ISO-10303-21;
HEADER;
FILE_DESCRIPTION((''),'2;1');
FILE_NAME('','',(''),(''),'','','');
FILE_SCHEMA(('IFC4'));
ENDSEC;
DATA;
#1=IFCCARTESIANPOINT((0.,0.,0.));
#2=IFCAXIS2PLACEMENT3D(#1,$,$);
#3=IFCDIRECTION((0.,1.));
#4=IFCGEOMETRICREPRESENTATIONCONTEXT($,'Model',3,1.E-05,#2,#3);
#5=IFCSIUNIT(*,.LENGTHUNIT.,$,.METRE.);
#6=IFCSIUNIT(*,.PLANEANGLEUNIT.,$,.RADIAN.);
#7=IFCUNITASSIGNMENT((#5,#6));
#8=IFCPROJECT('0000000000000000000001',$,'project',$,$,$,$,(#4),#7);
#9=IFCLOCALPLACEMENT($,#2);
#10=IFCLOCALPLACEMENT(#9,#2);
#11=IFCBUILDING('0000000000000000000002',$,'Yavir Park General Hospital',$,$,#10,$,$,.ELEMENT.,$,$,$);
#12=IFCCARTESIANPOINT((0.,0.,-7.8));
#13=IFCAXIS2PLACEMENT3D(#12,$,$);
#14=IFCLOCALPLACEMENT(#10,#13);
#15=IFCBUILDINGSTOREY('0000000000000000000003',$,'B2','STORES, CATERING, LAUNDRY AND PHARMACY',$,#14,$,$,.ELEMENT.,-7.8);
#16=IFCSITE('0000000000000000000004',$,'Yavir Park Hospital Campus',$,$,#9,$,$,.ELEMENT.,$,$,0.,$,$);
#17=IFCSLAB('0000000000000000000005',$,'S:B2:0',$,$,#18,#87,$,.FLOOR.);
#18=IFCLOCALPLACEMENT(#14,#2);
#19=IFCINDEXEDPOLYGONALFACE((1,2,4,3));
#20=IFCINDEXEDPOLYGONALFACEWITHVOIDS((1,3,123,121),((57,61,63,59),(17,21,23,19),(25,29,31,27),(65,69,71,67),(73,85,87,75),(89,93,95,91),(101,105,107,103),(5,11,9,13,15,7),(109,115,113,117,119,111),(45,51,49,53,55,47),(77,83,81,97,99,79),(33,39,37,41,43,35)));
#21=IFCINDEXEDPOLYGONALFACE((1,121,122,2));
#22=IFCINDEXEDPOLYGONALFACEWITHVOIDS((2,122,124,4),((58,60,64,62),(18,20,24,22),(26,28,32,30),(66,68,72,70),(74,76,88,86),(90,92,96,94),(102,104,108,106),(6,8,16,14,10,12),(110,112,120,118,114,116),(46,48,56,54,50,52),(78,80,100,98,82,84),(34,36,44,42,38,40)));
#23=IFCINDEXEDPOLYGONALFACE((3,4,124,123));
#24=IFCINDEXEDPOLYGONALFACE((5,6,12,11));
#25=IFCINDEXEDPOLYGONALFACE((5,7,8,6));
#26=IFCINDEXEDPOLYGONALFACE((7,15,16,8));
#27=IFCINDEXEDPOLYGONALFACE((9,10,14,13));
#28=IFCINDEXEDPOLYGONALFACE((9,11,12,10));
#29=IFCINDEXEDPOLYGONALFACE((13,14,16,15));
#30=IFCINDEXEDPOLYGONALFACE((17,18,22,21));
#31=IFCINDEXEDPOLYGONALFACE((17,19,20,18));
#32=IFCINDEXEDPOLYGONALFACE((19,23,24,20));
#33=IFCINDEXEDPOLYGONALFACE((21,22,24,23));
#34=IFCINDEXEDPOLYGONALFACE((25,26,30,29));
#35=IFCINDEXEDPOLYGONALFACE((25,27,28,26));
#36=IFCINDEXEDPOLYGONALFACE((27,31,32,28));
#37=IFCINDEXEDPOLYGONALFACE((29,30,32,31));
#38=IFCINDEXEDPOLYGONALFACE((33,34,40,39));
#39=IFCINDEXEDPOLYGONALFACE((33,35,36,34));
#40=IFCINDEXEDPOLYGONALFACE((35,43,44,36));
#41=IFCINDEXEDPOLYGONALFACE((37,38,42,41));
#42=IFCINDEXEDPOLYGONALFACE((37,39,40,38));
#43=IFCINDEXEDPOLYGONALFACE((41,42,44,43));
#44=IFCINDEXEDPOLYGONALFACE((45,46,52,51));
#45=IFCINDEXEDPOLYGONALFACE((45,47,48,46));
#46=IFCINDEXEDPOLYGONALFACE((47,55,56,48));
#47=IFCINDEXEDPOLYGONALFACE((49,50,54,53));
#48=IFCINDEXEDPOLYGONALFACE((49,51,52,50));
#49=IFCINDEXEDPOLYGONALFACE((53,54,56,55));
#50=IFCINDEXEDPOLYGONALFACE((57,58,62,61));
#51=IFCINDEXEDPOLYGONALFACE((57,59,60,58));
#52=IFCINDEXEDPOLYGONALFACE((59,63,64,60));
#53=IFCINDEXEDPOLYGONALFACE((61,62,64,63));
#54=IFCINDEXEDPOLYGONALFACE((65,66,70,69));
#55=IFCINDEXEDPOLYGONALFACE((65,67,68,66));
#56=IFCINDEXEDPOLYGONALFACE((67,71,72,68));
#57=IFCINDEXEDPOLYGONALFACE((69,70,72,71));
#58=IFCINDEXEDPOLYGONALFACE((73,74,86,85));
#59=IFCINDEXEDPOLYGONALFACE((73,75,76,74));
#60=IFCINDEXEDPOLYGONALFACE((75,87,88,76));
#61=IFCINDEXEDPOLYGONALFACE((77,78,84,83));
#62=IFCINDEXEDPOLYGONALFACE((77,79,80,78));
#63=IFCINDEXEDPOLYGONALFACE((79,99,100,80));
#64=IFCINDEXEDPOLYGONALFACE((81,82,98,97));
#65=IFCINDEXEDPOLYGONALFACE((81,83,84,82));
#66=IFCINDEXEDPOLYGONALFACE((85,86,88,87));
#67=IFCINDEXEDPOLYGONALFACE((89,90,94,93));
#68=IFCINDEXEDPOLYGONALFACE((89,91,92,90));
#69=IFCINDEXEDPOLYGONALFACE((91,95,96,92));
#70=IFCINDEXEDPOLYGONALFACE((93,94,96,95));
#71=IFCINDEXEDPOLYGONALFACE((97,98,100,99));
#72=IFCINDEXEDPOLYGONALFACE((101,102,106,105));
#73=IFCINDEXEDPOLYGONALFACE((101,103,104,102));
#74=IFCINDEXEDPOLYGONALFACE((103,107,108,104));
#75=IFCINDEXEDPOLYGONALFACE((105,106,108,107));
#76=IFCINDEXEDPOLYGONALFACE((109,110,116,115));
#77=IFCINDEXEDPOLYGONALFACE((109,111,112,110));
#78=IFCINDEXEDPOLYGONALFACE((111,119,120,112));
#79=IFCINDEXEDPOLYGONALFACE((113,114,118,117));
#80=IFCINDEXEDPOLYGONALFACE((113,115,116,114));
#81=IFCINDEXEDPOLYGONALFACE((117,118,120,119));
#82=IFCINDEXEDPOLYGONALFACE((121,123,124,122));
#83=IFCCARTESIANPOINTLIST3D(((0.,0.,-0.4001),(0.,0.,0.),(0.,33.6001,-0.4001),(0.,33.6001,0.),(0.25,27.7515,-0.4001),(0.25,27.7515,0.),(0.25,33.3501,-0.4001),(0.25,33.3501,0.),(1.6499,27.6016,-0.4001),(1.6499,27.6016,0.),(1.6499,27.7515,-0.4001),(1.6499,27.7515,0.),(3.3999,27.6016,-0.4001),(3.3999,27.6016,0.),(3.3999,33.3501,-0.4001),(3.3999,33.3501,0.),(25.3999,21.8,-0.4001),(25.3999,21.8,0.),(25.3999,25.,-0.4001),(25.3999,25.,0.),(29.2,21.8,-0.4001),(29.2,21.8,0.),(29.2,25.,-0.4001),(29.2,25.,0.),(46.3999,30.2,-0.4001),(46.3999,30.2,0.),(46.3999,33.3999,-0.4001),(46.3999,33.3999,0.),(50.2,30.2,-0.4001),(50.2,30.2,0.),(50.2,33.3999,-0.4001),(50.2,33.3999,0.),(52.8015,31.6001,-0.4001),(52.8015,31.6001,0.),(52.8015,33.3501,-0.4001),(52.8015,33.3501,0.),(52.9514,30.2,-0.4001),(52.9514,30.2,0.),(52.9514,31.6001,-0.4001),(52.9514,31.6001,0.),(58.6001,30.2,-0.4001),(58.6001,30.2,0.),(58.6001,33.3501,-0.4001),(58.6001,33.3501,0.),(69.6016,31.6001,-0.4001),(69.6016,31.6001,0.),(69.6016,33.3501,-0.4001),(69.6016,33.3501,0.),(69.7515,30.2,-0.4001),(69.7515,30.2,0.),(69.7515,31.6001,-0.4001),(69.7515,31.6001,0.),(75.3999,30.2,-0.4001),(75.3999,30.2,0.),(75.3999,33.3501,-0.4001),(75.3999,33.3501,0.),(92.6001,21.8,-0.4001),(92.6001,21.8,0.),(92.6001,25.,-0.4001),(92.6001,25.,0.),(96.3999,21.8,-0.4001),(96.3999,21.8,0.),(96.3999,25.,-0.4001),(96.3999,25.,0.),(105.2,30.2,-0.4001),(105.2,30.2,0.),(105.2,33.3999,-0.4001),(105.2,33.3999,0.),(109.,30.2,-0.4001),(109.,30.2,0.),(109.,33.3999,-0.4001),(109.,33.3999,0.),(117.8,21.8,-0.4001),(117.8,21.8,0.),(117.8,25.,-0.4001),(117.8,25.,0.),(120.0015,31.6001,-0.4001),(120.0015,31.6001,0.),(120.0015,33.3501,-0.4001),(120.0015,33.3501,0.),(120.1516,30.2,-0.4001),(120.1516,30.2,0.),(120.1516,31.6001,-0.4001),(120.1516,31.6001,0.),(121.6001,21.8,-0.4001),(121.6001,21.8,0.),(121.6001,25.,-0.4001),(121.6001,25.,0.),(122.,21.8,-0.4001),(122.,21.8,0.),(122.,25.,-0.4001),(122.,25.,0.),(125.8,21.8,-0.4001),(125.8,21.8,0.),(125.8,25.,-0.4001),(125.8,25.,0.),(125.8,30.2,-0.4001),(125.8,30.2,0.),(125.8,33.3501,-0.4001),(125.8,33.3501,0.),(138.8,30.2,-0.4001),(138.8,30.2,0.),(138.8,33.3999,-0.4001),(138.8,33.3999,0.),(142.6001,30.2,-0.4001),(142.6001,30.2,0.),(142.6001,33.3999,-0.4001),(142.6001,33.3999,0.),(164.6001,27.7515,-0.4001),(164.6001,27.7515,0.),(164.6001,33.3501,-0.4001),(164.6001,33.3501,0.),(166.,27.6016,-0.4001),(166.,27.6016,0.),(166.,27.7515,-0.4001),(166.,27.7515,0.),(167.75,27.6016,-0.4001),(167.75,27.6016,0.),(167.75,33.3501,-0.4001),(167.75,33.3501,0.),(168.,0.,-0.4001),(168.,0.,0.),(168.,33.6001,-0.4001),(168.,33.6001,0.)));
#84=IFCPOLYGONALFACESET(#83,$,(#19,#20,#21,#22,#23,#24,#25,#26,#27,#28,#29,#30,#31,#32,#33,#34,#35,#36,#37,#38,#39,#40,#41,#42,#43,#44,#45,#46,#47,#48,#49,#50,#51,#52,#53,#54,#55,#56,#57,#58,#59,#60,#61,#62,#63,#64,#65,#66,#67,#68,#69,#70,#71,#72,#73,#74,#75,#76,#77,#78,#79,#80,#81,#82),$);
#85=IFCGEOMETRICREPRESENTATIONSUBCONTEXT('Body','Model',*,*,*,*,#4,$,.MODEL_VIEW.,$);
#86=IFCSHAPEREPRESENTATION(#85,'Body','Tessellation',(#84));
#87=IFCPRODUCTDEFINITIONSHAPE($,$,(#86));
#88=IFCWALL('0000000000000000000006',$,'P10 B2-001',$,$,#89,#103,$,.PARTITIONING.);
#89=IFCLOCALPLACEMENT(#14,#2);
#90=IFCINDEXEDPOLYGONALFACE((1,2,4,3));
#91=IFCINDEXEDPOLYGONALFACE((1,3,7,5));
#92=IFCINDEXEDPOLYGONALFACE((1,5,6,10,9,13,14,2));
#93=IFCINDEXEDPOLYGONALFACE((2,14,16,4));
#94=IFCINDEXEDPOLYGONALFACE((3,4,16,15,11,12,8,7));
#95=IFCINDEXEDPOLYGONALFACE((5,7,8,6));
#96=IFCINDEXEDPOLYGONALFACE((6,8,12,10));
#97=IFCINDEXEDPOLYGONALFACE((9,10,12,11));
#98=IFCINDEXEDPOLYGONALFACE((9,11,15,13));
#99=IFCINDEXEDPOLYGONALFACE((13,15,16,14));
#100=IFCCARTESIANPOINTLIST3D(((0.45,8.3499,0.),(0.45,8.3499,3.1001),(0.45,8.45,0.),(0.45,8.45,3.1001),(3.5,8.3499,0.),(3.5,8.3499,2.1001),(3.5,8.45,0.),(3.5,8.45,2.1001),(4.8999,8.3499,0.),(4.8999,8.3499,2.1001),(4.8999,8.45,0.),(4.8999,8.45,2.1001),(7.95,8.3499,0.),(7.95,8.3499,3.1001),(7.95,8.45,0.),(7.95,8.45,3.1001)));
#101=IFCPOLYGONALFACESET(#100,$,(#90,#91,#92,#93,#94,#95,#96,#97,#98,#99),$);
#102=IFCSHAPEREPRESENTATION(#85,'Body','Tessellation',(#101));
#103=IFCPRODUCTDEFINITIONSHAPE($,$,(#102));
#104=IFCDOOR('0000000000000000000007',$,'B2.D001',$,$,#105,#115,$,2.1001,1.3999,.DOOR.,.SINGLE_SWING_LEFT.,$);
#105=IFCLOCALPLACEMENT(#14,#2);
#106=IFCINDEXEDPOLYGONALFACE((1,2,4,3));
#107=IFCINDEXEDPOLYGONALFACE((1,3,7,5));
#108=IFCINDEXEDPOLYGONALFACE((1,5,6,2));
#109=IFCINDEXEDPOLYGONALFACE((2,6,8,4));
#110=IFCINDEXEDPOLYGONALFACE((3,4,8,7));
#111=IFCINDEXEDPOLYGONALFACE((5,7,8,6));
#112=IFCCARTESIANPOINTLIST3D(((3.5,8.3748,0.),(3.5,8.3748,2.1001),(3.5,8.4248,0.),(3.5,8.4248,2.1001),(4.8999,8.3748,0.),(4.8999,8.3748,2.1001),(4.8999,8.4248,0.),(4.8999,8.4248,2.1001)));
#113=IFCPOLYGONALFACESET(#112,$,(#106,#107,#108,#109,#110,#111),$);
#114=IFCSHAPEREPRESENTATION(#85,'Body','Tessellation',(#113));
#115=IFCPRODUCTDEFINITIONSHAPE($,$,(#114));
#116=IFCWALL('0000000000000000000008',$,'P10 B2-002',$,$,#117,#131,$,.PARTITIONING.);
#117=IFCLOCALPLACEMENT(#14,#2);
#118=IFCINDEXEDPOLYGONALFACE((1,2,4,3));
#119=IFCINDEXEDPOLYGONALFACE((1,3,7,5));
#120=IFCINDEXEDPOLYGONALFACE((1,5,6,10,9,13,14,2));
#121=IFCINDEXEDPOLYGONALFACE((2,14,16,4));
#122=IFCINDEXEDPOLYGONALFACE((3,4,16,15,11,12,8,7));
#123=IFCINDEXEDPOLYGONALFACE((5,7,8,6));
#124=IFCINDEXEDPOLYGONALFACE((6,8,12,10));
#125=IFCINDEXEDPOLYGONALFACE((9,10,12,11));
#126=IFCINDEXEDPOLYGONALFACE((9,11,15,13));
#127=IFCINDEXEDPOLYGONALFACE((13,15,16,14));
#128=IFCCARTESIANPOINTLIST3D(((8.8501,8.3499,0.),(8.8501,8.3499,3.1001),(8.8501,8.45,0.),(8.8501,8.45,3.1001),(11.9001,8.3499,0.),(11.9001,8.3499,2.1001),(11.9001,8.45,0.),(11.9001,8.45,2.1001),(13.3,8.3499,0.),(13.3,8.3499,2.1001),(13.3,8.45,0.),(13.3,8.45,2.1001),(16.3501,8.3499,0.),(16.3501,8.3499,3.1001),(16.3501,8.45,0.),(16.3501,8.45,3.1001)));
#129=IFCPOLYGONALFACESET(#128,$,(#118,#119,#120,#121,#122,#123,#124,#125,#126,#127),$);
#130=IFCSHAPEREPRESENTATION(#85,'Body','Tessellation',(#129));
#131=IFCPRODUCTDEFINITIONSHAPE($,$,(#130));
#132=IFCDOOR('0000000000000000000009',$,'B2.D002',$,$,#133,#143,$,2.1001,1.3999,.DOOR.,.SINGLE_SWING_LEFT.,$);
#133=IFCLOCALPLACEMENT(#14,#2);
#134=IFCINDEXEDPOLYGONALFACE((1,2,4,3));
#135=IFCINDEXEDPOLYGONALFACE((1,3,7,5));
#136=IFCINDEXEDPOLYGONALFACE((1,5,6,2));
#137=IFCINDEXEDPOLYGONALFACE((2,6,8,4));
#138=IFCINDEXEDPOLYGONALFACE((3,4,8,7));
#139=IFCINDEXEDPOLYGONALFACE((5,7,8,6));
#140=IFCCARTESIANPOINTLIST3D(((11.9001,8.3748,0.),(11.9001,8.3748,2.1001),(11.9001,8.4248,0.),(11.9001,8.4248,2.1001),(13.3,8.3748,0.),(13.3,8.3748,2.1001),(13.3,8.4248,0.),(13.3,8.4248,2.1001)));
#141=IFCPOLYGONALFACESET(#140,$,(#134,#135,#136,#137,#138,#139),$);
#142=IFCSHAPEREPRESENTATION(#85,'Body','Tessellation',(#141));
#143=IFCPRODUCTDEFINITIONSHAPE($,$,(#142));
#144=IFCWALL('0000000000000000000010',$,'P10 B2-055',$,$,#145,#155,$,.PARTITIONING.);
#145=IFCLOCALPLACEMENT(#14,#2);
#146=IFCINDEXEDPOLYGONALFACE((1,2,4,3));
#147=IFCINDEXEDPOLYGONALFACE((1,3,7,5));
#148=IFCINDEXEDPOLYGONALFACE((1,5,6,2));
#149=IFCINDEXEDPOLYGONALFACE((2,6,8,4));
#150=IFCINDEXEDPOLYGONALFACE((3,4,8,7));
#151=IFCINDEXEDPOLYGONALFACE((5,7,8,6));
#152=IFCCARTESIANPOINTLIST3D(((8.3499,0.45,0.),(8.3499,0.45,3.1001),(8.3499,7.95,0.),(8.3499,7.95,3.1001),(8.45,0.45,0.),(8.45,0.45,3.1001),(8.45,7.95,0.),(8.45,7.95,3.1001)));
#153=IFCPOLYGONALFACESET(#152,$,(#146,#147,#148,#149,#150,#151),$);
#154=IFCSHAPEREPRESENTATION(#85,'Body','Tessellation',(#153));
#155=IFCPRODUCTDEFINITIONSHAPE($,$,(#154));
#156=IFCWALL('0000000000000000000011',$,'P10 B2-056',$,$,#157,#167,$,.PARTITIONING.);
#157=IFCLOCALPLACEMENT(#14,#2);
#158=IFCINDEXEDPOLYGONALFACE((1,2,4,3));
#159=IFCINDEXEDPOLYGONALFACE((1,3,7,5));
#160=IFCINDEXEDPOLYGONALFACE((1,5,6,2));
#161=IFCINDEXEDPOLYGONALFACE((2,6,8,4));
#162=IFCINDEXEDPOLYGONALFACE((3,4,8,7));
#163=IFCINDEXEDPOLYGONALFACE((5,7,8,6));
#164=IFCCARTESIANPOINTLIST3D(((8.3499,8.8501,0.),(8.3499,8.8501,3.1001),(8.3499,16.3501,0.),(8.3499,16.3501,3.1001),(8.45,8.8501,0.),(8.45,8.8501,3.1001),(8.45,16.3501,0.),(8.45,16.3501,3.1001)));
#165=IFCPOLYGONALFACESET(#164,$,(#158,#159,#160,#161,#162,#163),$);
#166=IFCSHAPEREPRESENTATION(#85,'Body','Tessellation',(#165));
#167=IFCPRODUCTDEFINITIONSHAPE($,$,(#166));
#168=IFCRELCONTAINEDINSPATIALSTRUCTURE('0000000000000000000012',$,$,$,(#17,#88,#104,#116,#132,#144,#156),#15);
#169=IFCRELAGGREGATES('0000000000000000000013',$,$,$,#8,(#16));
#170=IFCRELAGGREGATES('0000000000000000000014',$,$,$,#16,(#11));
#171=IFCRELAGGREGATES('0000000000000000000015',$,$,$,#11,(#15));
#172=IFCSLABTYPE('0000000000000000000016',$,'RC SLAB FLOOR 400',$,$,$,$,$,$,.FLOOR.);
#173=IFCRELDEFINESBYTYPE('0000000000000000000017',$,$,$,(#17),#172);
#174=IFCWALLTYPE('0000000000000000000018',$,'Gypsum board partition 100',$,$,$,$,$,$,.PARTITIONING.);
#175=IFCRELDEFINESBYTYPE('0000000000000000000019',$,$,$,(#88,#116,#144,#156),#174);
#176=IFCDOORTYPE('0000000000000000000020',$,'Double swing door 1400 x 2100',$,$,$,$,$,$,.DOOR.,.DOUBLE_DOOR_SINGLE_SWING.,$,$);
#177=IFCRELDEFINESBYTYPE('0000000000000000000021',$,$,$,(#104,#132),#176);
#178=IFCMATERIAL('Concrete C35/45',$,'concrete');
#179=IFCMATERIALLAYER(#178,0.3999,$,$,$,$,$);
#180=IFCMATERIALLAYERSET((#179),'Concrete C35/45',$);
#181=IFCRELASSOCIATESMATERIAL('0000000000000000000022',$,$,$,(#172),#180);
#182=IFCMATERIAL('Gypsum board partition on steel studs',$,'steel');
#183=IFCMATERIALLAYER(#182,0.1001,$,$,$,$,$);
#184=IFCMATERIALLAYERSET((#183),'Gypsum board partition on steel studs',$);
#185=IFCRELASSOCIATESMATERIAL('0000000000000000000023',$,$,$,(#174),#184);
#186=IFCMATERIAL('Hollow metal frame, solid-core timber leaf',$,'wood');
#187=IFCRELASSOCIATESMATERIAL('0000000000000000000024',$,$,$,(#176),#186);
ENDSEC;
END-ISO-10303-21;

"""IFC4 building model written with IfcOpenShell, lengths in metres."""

from ifc_helpers import new_model, si_unit, direction, frame, frame_2d, origin, place, context, subcontext, project, spatial, polyline, rectangle, outline, extrude, material, layer, layer_set, type_object, element, fill, save


model = new_model("IFC4")

# Units and contexts
model_context = context("Model", 3, precision=1e-05, world=origin(), true_north=direction((0.0, 1.0)))
body_context = subcontext(model_context, "Body", "Model", "MODEL_VIEW")
ifc_project = project(units=[si_unit("LENGTHUNIT", "METRE"), si_unit("PLANEANGLEUNIT", "RADIAN")], contexts=[model_context])

# Site, building, storey
site_placement = place(None, origin())
site = spatial("IfcSite", under=ifc_project, at=site_placement, Name="Yavir Park Hospital Campus", CompositionType="ELEMENT", RefElevation=0.0)
building_placement = place(site_placement, origin())
building = spatial("IfcBuilding", under=site, at=building_placement, Name="Yavir Park General Hospital", CompositionType="ELEMENT")
storey_placement = place(building_placement, frame((0.0, 0.0, -7.8)))
storey = spatial("IfcBuildingStorey", under=building, at=storey_placement, Name="B2", Description="STORES, CATERING, LAUNDRY AND PHARMACY", CompositionType="ELEMENT", Elevation=-7.8)

# Slab
ifc_material_1 = material(Name="Concrete C35/45", Category="concrete")
ifc_layer_1 = layer(ifc_material_1, 0.3999)
ifc_layer_set_1 = layer_set([ifc_layer_1], Name="Concrete C35/45")
slab_type_1 = type_object("IfcSlabType", Name="RC SLAB FLOOR 400", PredefinedType="FLOOR", material=ifc_layer_set_1)
slab_1_placement = place(storey_placement, frame((0.0, 0.0, -0.4001)))
element("IfcSlab", 1, at=slab_1_placement, inside=storey, type_object=slab_type_1, Name="S:B2:0", PredefinedType="FLOOR", context=body_context, shape_type="SweptSolid", body=[
    extrude(outline(polyline([(168.0, 33.6001), (0.0, 33.6001), (0.0, 0.0), (168.0, 0.0), (168.0, 33.6001)]), holes=[polyline([(29.2, 21.8), (25.3999, 21.8), (25.3999, 25.0), (29.2, 25.0), (29.2, 21.8)]), polyline([(92.6001, 21.8), (92.6001, 25.0), (96.3999, 25.0), (96.3999, 21.8), (92.6001, 21.8)]), polyline([(50.2, 30.2), (46.3999, 30.2), (46.3999, 33.3999), (50.2, 33.3999), (50.2, 30.2)]), polyline([(121.6001, 21.8), (117.8, 21.8), (117.8, 25.0), (121.6001, 25.0), (121.6001, 21.8)]), polyline([(122.0, 21.8), (122.0, 25.0), (125.8, 25.0), (125.8, 21.8), (122.0, 21.8)]), polyline([(109.0, 30.2), (105.2, 30.2), (105.2, 33.3999), (109.0, 33.3999), (109.0, 30.2)]), polyline([(138.8, 30.2), (138.8, 33.3999), (142.6001, 33.3999), (142.6001, 30.2), (138.8, 30.2)]), polyline([(3.3999, 27.6016), (1.6499, 27.6016), (1.6499, 27.7515), (0.25, 27.7515), (0.25, 33.3501), (3.3999, 33.3501), (3.3999, 27.6016)]), polyline([(58.6001, 30.2), (52.9514, 30.2), (52.9514, 31.6001), (52.8015, 31.6001), (52.8015, 33.3501), (58.6001, 33.3501), (58.6001, 30.2)]), polyline([(69.7515, 31.6001), (69.6016, 31.6001), (69.6016, 33.3501), (75.3999, 33.3501), (75.3999, 30.2), (69.7515, 30.2), (69.7515, 31.6001)]), polyline([(120.0015, 33.3501), (125.8, 33.3501), (125.8, 30.2), (120.1516, 30.2), (120.1516, 31.6001), (120.0015, 31.6001), (120.0015, 33.3501)]), polyline([(166.0, 27.7515), (164.6001, 27.7515), (164.6001, 33.3501), (167.75, 33.3501), (167.75, 27.6016), (166.0, 27.6016), (166.0, 27.7515)])]), origin(), (0.0, 0.0, 1.0), 0.4001),
])

# Walls, openings, doors
ifc_material_2 = material(Name="Gypsum board partition on steel studs", Category="steel")
ifc_layer_2 = layer(ifc_material_2, 0.1001)
ifc_layer_set_2 = layer_set([ifc_layer_2], Name="Gypsum board partition on steel studs")
wall_type_1 = type_object("IfcWallType", Name="Gypsum board partition 100", PredefinedType="PARTITIONING", material=ifc_layer_set_2)
wall_1_placement = place(storey_placement, frame((0.45, 8.3999, 0.0), z_axis=(0.0, 0.0, 1.0), x_axis=(1.0, 0.0, 0.0)))
wall_1 = element("IfcWall", 2, at=wall_1_placement, inside=storey, type_object=wall_type_1, Name="P10 B2-001", PredefinedType="PARTITIONING", context=body_context, shape_type="SweptSolid", body=[
    extrude(rectangle(XDim=7.5, YDim=0.1001, at=frame_2d((3.75, 0.0))), origin(), (0.0, 0.0, 1.0), 3.1001),
])
opening_1_placement = place(wall_1_placement, frame((3.05, 0.0, 0.0)))
opening_1 = element("IfcOpeningElement", 3, at=opening_1_placement, cuts=wall_1, PredefinedType="OPENING", context=body_context, shape_type="SweptSolid", body=[
    extrude(rectangle(XDim=1.3999, YDim=2.1001, at=frame_2d((0.7, 1.05))), frame((0.0, 0.0601, 0.0), z_axis=(0.0, -1.0, 0.0), x_axis=(1.0, 0.0, 0.0)), (0.0, 0.0, 1.0), 0.1201),
])
ifc_material_3 = material(Name="Hollow metal frame, solid-core timber leaf", Category="wood")
door_type = type_object("IfcDoorType", Name="Double swing door 1400 x 2100", OperationType="DOUBLE_DOOR_SINGLE_SWING", PredefinedType="DOOR", material=ifc_material_3)
door_1_placement = place(opening_1_placement, origin())
door_1 = element("IfcDoor", 4, at=door_1_placement, inside=storey, type_object=door_type, Name="B2.D001", OperationType="SINGLE_SWING_LEFT", OverallHeight=2.1001, OverallWidth=1.3999, PredefinedType="DOOR", context=body_context, shape_type="SweptSolid", body=[
    extrude(rectangle(XDim=1.3999, YDim=2.1001, at=frame_2d((0.7, 1.05))), frame((0.0, 0.0249, 0.0), z_axis=(0.0, -1.0, 0.0), x_axis=(1.0, 0.0, 0.0)), (0.0, 0.0, 1.0), 0.05),
])
fill(opening_1, door_1)
wall_2_placement = place(storey_placement, frame((8.8501, 8.3999, 0.0), z_axis=(0.0, 0.0, 1.0), x_axis=(1.0, 0.0, 0.0)))
wall_2 = element("IfcWall", 5, at=wall_2_placement, inside=storey, type_object=wall_type_1, Name="P10 B2-002", PredefinedType="PARTITIONING", context=body_context, shape_type="SweptSolid", body=[
    extrude(rectangle(XDim=7.5, YDim=0.1001, at=frame_2d((3.75, 0.0))), origin(), (0.0, 0.0, 1.0), 3.1001),
])
opening_2_placement = place(wall_2_placement, frame((3.05, 0.0, 0.0)))
opening_2 = element("IfcOpeningElement", 6, at=opening_2_placement, cuts=wall_2, PredefinedType="OPENING", context=body_context, shape_type="SweptSolid", body=[
    extrude(rectangle(XDim=1.3999, YDim=2.1001, at=frame_2d((0.7, 1.05))), frame((0.0, 0.0601, 0.0), z_axis=(0.0, -1.0, 0.0), x_axis=(1.0, 0.0, 0.0)), (0.0, 0.0, 1.0), 0.1201),
])
door_2_placement = place(opening_2_placement, origin())
door_2 = element("IfcDoor", 7, at=door_2_placement, inside=storey, type_object=door_type, Name="B2.D002", OperationType="SINGLE_SWING_LEFT", OverallHeight=2.1001, OverallWidth=1.3999, PredefinedType="DOOR", context=body_context, shape_type="SweptSolid", body=[
    extrude(rectangle(XDim=1.3999, YDim=2.1001, at=frame_2d((0.7, 1.05))), frame((0.0, 0.0249, 0.0), z_axis=(0.0, -1.0, 0.0), x_axis=(1.0, 0.0, 0.0)), (0.0, 0.0, 1.0), 0.05),
])
fill(opening_2, door_2)

# Walls
for number, where, z_axis, x_axis, name in (
    (8, (8.3999, 0.45, 0.0), (0.0, 0.0, 1.0), (0.0, 1.0, 0.0), "P10 B2-055"),
    (9, (8.3999, 8.8501, 0.0), (0.0, 0.0, 1.0), (0.0, 1.0, 0.0), "P10 B2-056"),
):
    element("IfcWall", number, at=place(storey_placement, frame(where, z_axis=z_axis, x_axis=x_axis)), inside=storey, type_object=wall_type_1, Name=name, PredefinedType="PARTITIONING", context=body_context, shape_type="SweptSolid", body=[
        extrude(rectangle(XDim=7.5, YDim=0.1001, at=frame_2d((3.75, 0.0))), origin(), (0.0, 0.0, 1.0), 3.1001),
    ])

save(model, "model.ifc")
